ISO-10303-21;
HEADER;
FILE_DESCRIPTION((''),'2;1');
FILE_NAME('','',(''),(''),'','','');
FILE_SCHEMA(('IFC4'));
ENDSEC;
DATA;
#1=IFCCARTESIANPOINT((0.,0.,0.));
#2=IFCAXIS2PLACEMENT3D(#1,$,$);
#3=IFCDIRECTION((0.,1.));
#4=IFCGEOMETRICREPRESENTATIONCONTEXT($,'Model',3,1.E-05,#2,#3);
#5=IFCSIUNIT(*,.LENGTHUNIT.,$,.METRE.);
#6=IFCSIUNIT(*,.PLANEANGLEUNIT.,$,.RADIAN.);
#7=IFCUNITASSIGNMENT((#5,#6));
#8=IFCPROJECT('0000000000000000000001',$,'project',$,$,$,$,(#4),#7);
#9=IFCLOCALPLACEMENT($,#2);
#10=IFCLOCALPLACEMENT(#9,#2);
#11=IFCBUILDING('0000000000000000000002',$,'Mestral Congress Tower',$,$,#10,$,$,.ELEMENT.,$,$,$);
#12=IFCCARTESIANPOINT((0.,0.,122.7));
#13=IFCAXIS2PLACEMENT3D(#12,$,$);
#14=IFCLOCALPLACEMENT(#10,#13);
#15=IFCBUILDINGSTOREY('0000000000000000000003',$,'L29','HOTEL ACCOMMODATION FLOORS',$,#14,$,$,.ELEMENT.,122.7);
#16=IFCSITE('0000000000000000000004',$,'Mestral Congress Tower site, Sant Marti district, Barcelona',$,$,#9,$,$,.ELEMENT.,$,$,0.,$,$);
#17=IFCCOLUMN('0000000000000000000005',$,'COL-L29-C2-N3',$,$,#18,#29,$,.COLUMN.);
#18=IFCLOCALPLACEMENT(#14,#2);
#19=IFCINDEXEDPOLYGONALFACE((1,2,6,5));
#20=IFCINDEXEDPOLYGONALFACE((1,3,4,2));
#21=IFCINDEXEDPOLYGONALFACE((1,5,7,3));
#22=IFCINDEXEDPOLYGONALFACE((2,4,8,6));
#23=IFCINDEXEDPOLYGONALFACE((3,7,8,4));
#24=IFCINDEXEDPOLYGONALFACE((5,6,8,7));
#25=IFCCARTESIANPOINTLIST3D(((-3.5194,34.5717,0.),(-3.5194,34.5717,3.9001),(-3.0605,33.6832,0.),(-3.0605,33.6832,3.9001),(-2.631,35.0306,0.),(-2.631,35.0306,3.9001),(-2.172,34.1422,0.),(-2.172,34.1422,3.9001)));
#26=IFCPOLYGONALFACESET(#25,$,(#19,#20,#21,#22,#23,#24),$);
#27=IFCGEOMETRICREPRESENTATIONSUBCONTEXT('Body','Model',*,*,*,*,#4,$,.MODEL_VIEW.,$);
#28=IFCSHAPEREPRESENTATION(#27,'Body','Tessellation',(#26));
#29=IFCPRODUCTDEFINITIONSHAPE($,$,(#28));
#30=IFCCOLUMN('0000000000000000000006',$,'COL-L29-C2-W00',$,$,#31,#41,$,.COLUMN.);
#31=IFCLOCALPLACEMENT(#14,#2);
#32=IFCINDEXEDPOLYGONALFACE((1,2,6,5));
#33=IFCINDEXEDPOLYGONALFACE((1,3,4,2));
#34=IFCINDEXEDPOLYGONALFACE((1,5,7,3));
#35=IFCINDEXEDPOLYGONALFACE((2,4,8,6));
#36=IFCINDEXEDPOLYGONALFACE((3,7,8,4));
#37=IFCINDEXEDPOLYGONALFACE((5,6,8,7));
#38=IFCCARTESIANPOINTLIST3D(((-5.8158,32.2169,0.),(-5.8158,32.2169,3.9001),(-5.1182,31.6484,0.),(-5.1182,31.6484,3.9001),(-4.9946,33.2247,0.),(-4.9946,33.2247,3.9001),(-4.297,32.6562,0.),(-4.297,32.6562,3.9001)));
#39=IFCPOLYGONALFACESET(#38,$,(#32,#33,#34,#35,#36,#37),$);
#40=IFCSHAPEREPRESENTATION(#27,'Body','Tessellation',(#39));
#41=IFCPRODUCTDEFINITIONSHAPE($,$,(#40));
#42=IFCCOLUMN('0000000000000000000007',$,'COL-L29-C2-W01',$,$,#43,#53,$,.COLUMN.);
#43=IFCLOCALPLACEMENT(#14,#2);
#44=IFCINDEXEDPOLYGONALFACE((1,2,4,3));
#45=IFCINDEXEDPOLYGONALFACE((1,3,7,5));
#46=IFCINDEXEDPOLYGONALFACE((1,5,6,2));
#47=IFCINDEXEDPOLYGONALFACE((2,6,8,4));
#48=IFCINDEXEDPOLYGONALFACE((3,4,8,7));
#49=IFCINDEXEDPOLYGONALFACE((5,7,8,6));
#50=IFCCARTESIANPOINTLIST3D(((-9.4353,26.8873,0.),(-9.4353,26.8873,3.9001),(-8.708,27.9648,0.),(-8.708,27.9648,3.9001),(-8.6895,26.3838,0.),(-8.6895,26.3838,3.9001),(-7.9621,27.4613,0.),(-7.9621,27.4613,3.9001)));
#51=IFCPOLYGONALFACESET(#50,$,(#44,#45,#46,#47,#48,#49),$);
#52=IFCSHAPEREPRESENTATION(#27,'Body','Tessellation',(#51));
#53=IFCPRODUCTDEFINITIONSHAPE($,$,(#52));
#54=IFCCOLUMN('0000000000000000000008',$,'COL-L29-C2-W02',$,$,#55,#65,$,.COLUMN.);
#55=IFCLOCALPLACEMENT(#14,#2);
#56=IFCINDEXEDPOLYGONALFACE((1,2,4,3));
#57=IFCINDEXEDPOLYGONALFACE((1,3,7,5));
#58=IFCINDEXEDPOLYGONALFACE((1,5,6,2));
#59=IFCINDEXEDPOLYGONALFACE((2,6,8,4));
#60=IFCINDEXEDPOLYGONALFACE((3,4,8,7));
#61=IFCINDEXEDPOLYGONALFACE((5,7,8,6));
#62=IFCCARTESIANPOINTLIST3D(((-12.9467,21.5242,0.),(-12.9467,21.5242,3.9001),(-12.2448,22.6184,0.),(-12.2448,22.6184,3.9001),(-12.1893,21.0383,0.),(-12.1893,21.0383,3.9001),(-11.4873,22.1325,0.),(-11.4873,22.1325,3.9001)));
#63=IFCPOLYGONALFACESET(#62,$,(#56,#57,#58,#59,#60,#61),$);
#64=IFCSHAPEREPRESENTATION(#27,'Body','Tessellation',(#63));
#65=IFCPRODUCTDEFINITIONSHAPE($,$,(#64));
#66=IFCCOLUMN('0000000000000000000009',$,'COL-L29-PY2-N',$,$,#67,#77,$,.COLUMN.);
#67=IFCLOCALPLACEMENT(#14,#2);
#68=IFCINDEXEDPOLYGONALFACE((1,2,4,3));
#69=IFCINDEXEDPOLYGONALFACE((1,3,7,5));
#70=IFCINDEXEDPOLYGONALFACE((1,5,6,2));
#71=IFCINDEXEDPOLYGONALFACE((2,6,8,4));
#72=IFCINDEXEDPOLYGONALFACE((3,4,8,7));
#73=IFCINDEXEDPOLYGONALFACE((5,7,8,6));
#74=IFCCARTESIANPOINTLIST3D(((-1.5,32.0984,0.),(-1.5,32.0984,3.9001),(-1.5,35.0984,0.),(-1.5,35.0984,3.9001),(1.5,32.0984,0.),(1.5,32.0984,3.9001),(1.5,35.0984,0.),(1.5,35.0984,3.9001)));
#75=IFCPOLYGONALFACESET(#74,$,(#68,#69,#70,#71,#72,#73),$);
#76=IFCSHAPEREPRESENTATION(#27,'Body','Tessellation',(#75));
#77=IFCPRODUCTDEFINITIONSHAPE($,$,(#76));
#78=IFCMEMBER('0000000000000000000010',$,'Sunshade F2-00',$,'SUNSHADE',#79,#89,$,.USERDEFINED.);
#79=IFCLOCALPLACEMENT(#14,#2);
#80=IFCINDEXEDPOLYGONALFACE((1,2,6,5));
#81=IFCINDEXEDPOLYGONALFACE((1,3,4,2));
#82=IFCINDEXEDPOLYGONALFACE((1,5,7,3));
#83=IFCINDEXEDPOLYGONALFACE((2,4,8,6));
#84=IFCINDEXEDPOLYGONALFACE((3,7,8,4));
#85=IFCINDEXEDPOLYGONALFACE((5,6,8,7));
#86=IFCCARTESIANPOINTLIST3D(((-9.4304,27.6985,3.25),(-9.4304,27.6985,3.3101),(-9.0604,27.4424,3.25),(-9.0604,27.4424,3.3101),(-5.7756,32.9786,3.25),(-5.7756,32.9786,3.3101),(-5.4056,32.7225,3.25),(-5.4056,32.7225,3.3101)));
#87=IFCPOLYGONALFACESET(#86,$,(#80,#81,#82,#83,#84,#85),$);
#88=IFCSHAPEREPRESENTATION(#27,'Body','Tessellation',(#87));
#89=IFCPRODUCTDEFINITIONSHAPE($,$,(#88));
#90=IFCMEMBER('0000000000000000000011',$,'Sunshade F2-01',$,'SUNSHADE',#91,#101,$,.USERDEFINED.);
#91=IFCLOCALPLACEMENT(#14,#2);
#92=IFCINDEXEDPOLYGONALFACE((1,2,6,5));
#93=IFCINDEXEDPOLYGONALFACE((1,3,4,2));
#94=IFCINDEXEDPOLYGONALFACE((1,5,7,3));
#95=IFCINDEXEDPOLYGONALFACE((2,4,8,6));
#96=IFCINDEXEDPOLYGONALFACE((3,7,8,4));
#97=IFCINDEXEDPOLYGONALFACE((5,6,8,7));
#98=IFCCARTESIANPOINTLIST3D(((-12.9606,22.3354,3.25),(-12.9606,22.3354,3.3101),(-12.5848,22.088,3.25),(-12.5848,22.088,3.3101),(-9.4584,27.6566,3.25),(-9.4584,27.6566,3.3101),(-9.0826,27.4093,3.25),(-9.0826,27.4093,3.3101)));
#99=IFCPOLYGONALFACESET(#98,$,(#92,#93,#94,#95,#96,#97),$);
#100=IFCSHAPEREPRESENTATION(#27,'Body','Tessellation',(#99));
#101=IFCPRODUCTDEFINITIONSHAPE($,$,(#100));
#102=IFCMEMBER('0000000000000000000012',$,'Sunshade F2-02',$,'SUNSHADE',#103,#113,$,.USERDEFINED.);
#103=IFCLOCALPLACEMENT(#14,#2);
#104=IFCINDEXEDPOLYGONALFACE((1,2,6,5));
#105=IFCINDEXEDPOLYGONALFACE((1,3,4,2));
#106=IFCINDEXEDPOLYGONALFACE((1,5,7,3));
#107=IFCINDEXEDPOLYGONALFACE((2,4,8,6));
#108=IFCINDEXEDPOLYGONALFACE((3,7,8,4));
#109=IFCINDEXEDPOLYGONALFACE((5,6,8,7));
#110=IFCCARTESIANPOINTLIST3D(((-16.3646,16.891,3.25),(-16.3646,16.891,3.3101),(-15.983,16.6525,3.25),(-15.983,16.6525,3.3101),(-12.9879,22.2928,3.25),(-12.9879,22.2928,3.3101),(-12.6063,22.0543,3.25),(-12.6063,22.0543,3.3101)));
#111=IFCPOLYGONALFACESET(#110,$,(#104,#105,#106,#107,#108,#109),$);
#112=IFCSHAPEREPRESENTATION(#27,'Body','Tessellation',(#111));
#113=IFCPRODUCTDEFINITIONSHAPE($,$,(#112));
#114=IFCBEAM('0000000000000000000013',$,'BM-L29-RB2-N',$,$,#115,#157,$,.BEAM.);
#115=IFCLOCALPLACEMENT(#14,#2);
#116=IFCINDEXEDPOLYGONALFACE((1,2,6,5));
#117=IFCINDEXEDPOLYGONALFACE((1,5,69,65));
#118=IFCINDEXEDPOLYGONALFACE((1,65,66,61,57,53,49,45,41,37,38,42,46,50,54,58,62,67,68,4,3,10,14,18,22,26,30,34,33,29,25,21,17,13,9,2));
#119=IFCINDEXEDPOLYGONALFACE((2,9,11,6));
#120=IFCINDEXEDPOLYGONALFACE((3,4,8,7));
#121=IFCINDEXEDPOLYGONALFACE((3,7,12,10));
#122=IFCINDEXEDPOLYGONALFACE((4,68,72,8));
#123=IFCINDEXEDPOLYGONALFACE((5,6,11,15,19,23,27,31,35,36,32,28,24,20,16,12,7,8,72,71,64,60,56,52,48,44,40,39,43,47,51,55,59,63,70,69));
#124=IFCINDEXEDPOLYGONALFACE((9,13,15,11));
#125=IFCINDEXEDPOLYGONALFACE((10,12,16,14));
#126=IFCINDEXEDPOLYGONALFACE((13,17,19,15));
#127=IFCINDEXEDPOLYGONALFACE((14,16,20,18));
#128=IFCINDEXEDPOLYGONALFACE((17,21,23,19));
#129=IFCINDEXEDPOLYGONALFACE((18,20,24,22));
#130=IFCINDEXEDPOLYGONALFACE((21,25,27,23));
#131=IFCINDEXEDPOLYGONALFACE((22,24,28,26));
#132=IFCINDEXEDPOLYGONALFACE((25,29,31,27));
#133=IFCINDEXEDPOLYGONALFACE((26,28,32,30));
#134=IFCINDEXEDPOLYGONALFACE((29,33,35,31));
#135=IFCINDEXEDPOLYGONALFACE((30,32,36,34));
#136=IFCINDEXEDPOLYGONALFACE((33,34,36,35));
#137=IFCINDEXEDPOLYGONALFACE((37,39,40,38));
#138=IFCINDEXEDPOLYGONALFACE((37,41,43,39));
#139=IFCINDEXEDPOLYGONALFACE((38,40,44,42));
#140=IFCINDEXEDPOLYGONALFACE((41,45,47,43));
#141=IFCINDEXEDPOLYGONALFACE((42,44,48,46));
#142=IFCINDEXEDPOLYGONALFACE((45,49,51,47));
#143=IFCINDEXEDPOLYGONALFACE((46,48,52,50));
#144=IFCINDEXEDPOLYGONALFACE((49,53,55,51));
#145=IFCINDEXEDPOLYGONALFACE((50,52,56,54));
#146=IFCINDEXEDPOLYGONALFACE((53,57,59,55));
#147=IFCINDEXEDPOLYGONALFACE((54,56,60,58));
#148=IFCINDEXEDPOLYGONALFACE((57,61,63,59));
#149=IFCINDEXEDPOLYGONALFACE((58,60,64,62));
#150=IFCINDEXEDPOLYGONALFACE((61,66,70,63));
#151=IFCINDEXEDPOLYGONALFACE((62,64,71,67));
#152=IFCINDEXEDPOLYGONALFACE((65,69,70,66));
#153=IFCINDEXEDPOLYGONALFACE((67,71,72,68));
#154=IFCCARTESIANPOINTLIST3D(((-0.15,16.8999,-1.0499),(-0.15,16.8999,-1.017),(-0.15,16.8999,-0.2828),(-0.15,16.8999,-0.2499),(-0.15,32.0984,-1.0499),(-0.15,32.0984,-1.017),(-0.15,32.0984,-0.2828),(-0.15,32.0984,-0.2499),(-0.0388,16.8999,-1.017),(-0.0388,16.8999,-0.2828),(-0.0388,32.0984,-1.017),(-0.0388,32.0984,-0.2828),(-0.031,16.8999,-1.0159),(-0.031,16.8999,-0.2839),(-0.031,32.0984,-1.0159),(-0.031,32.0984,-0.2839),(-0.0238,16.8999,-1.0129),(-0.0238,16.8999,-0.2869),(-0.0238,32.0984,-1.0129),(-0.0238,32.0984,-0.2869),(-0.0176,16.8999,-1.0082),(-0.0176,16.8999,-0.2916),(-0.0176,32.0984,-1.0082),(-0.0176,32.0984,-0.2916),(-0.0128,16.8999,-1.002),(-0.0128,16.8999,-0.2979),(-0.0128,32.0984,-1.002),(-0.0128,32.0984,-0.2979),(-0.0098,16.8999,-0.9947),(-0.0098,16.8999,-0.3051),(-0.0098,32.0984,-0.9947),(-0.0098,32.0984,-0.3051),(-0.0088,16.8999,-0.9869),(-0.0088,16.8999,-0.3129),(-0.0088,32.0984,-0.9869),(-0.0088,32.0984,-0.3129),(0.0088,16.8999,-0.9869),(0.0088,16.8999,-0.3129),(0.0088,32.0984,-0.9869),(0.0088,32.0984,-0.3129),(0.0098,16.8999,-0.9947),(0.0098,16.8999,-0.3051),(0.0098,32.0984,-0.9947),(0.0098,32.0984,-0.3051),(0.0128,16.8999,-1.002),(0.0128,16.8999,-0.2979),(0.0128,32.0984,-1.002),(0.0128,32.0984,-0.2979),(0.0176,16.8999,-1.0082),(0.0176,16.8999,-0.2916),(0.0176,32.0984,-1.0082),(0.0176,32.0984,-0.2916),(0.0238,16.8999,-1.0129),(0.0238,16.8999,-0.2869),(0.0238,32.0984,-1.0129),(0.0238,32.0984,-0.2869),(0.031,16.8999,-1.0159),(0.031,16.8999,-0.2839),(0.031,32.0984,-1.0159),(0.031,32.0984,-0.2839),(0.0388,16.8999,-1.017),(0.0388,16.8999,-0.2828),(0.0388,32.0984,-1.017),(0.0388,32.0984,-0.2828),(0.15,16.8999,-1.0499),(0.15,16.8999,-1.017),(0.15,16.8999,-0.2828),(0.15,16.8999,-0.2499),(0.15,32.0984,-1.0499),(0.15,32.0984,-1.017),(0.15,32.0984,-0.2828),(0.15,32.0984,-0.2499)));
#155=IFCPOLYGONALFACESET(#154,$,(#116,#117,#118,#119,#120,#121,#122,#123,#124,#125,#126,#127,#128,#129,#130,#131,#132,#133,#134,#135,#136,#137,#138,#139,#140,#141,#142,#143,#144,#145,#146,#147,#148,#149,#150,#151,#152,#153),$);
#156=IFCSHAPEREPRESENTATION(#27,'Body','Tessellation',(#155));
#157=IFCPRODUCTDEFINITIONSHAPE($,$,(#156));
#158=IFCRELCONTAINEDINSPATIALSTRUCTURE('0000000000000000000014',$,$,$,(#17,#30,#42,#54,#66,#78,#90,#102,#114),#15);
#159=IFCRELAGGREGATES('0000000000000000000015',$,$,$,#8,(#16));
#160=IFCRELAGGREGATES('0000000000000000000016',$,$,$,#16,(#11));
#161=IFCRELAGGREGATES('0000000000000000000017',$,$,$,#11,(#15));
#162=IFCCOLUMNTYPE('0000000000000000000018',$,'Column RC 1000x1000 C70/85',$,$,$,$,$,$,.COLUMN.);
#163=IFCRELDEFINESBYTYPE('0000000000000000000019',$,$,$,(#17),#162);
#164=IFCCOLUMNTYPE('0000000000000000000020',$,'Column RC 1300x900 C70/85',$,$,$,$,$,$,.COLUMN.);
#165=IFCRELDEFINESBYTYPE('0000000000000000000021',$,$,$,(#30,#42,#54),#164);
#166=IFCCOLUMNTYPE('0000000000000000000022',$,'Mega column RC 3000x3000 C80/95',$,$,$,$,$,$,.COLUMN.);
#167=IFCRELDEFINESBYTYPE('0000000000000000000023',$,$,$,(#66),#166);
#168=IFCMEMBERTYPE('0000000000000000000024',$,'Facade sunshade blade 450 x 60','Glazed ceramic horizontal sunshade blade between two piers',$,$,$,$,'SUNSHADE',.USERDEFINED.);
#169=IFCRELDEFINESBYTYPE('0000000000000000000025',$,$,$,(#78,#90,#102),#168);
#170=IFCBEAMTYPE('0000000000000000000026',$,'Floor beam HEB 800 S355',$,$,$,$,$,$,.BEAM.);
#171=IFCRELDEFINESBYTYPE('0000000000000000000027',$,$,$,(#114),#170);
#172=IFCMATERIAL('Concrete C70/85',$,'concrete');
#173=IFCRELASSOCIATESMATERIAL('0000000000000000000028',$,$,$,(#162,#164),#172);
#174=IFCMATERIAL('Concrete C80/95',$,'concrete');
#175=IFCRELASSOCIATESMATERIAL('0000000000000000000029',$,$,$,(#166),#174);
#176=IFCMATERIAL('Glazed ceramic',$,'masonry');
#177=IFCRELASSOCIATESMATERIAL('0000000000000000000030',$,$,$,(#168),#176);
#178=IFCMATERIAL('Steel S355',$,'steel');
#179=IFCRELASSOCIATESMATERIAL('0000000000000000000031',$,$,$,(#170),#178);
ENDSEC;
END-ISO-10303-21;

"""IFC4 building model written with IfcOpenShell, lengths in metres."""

from ifc_helpers import new_model, si_unit, direction, frame, origin, origin_2d, place, context, subcontext, project, spatial, rectangle, i_section, extrude, material, material_profile, profile_set, type_object, element, save


model = new_model("IFC4")

# Units and contexts
model_context = context("Model", 3, precision=1e-05, world=origin(), true_north=direction((0.0, 1.0)))
body_context = subcontext(model_context, "Body", "Model", "MODEL_VIEW")
ifc_project = project(units=[si_unit("LENGTHUNIT", "METRE"), si_unit("PLANEANGLEUNIT", "RADIAN")], contexts=[model_context])

# Site, building, storey
site_placement = place(None, origin())
site = spatial("IfcSite", under=ifc_project, at=site_placement, Name="Mestral Congress Tower site, Sant Marti district, Barcelona", CompositionType="ELEMENT", RefElevation=0.0)
building_placement = place(site_placement, origin())
building = spatial("IfcBuilding", under=site, at=building_placement, Name="Mestral Congress Tower", CompositionType="ELEMENT")
storey_placement = place(building_placement, frame((0.0, 0.0, 122.7)))
storey = spatial("IfcBuildingStorey", under=building, at=storey_placement, Name="L29", Description="HOTEL ACCOMMODATION FLOORS", CompositionType="ELEMENT", Elevation=122.7)

# Columns
ifc_material_1 = material(Name="Concrete C70/85", Category="concrete")
ifc_material_profile_1 = material_profile(ifc_material_1, rectangle(XDim=1.0, YDim=1.0, at=origin_2d()), Name="RC 1000x1000")
ifc_profile_set_1 = profile_set([ifc_material_profile_1], Name="Concrete C70/85")
column_type_1 = type_object("IfcColumnType", Name="Column RC 1000x1000 C70/85", PredefinedType="COLUMN", material=ifc_profile_set_1)
column_1_placement = place(storey_placement, frame((-2.8457, 34.3569, 0.0), z_axis=(0.0, 0.0, 1.0), x_axis=(-0.888456, -0.458961, 0.0)))
element("IfcColumn", 1, at=column_1_placement, inside=storey, type_object=column_type_1, Name="COL-L29-C2-N3", PredefinedType="COLUMN", context=body_context, shape_type="SweptSolid", body=[
    extrude(rectangle(XDim=1.0, YDim=1.0, at=origin_2d()), origin(), (0.0, 0.0, 1.0), 3.9001),
])
ifc_material_profile_2 = material_profile(ifc_material_1, rectangle(XDim=1.3, YDim=0.8999, at=origin_2d()), Name="RC 1300x900")
ifc_profile_set_2 = profile_set([ifc_material_profile_2], Name="Concrete C70/85")
column_type_2 = type_object("IfcColumnType", Name="Column RC 1300x900 C70/85", PredefinedType="COLUMN", material=ifc_profile_set_2)
for number, where, z_axis, x_axis, name in (
    (2, (-5.0564, 32.4365, 0.0), (0.0, 0.0, 1.0), (-0.631709, -0.775206, 0.0), "COL-L29-C2-W00"),
    (3, (-8.6987, 27.1743, 0.0), (0.0, 0.0, 1.0), (-0.559479, -0.828844, 0.0), "COL-L29-C2-W01"),
    (4, (-12.217, 21.8284, 0.0), (0.0, 0.0, 1.0), (-0.539945, -0.8417, 0.0), "COL-L29-C2-W02"),
):
    element("IfcColumn", number, at=place(storey_placement, frame(where, z_axis=z_axis, x_axis=x_axis)), inside=storey, type_object=column_type_2, Name=name, PredefinedType="COLUMN", context=body_context, shape_type="SweptSolid", body=[
        extrude(rectangle(XDim=1.3, YDim=0.8999, at=origin_2d()), origin(), (0.0, 0.0, 1.0), 3.9001),
    ])
ifc_material_2 = material(Name="Concrete C80/95", Category="concrete")
ifc_material_profile_3 = material_profile(ifc_material_2, rectangle(XDim=3.0, YDim=3.0, at=origin_2d()), Name="RC 3000x3000")
ifc_profile_set_3 = profile_set([ifc_material_profile_3], Name="Concrete C80/95")
column_type_3 = type_object("IfcColumnType", Name="Mega column RC 3000x3000 C80/95", PredefinedType="COLUMN", material=ifc_profile_set_3)
column_2_placement = place(storey_placement, frame((0.0, 33.5984, 0.0), z_axis=(0.0, 0.0, 1.0), x_axis=(0.0, 1.0, 0.0)))
element("IfcColumn", 5, at=column_2_placement, inside=storey, type_object=column_type_3, Name="COL-L29-PY2-N", PredefinedType="COLUMN", context=body_context, shape_type="SweptSolid", body=[
    extrude(rectangle(XDim=3.0, YDim=3.0, at=origin_2d()), origin(), (0.0, 0.0, 1.0), 3.9001),
])

# Members
ifc_material_3 = material(Name="Glazed ceramic", Category="masonry")
ifc_material_profile_4 = material_profile(ifc_material_3, rectangle(XDim=0.45, YDim=0.0601, at=origin_2d()), Name="Ceramic blade 450 x 60")
ifc_profile_set_4 = profile_set([ifc_material_profile_4], Name="Glazed ceramic")
member_type = type_object("IfcMemberType", Name="Facade sunshade blade 450 x 60", Description="Glazed ceramic horizontal sunshade blade between two piers", ElementType="SUNSHADE", PredefinedType="USERDEFINED", material=ifc_profile_set_4)
member_placement = place(storey_placement, frame((-5.5906, 32.8506, 3.28), z_axis=(-0.569145, -0.822237, 0.0), x_axis=(0.822237, -0.569145, 0.0)))
element("IfcMember", 6, at=member_placement, inside=storey, type_object=member_type, Name="Sunshade F2-00", ObjectType="SUNSHADE", PredefinedType="USERDEFINED", context=body_context, shape_type="SweptSolid", body=[
    extrude(rectangle(XDim=0.45, YDim=0.0601, at=origin_2d()), origin(), (0.0, 0.0, 1.0), 6.4216),
])
for number, where, z_axis, x_axis, name in (
    (7, (-9.2705, 27.533, 3.28), (-0.549764, -0.83532, 0.0), (0.83532, -0.549764, 0.0), "Sunshade F2-01"),
    (8, (-12.7971, 22.1736, 3.28), (-0.530061, -0.84796, 0.0), (0.84796, -0.530061, 0.0), "Sunshade F2-02"),
):
    element("IfcMember", number, at=place(storey_placement, frame(where, z_axis=z_axis, x_axis=x_axis)), inside=storey, type_object=member_type, Name=name, ObjectType="SUNSHADE", PredefinedType="USERDEFINED", context=body_context, shape_type="SweptSolid", body=[
        extrude(rectangle(XDim=0.45, YDim=0.0601, at=origin_2d()), origin(), (0.0, 0.0, 1.0), 6.3704),
    ])

# Beam
ifc_material_4 = material(Name="Steel S355", Category="steel")
ifc_material_profile_5 = material_profile(ifc_material_4, i_section(OverallWidth=0.3, OverallDepth=0.8, WebThickness=0.0176, FlangeThickness=0.033, FilletRadius=0.03, at=origin_2d()), Name="HEB 800")
ifc_profile_set_5 = profile_set([ifc_material_profile_5], Name="Steel S355")
beam_type_1 = type_object("IfcBeamType", Name="Floor beam HEB 800 S355", PredefinedType="BEAM", material=ifc_profile_set_5)
beam_1_placement = place(storey_placement, frame((0.0, 32.0984, -0.6499), z_axis=(0.0, -1.0, 0.0), x_axis=(1.0, 0.0, 0.0)))
element("IfcBeam", 9, at=beam_1_placement, inside=storey, type_object=beam_type_1, Name="BM-L29-RB2-N", PredefinedType="BEAM", context=body_context, shape_type="SweptSolid", body=[
    extrude(i_section(OverallWidth=0.3, OverallDepth=0.8, WebThickness=0.0176, FlangeThickness=0.033, FilletRadius=0.03, at=origin_2d()), origin(), (0.0, 0.0, 1.0), 15.1985),
])

save(model, "model.ifc")
